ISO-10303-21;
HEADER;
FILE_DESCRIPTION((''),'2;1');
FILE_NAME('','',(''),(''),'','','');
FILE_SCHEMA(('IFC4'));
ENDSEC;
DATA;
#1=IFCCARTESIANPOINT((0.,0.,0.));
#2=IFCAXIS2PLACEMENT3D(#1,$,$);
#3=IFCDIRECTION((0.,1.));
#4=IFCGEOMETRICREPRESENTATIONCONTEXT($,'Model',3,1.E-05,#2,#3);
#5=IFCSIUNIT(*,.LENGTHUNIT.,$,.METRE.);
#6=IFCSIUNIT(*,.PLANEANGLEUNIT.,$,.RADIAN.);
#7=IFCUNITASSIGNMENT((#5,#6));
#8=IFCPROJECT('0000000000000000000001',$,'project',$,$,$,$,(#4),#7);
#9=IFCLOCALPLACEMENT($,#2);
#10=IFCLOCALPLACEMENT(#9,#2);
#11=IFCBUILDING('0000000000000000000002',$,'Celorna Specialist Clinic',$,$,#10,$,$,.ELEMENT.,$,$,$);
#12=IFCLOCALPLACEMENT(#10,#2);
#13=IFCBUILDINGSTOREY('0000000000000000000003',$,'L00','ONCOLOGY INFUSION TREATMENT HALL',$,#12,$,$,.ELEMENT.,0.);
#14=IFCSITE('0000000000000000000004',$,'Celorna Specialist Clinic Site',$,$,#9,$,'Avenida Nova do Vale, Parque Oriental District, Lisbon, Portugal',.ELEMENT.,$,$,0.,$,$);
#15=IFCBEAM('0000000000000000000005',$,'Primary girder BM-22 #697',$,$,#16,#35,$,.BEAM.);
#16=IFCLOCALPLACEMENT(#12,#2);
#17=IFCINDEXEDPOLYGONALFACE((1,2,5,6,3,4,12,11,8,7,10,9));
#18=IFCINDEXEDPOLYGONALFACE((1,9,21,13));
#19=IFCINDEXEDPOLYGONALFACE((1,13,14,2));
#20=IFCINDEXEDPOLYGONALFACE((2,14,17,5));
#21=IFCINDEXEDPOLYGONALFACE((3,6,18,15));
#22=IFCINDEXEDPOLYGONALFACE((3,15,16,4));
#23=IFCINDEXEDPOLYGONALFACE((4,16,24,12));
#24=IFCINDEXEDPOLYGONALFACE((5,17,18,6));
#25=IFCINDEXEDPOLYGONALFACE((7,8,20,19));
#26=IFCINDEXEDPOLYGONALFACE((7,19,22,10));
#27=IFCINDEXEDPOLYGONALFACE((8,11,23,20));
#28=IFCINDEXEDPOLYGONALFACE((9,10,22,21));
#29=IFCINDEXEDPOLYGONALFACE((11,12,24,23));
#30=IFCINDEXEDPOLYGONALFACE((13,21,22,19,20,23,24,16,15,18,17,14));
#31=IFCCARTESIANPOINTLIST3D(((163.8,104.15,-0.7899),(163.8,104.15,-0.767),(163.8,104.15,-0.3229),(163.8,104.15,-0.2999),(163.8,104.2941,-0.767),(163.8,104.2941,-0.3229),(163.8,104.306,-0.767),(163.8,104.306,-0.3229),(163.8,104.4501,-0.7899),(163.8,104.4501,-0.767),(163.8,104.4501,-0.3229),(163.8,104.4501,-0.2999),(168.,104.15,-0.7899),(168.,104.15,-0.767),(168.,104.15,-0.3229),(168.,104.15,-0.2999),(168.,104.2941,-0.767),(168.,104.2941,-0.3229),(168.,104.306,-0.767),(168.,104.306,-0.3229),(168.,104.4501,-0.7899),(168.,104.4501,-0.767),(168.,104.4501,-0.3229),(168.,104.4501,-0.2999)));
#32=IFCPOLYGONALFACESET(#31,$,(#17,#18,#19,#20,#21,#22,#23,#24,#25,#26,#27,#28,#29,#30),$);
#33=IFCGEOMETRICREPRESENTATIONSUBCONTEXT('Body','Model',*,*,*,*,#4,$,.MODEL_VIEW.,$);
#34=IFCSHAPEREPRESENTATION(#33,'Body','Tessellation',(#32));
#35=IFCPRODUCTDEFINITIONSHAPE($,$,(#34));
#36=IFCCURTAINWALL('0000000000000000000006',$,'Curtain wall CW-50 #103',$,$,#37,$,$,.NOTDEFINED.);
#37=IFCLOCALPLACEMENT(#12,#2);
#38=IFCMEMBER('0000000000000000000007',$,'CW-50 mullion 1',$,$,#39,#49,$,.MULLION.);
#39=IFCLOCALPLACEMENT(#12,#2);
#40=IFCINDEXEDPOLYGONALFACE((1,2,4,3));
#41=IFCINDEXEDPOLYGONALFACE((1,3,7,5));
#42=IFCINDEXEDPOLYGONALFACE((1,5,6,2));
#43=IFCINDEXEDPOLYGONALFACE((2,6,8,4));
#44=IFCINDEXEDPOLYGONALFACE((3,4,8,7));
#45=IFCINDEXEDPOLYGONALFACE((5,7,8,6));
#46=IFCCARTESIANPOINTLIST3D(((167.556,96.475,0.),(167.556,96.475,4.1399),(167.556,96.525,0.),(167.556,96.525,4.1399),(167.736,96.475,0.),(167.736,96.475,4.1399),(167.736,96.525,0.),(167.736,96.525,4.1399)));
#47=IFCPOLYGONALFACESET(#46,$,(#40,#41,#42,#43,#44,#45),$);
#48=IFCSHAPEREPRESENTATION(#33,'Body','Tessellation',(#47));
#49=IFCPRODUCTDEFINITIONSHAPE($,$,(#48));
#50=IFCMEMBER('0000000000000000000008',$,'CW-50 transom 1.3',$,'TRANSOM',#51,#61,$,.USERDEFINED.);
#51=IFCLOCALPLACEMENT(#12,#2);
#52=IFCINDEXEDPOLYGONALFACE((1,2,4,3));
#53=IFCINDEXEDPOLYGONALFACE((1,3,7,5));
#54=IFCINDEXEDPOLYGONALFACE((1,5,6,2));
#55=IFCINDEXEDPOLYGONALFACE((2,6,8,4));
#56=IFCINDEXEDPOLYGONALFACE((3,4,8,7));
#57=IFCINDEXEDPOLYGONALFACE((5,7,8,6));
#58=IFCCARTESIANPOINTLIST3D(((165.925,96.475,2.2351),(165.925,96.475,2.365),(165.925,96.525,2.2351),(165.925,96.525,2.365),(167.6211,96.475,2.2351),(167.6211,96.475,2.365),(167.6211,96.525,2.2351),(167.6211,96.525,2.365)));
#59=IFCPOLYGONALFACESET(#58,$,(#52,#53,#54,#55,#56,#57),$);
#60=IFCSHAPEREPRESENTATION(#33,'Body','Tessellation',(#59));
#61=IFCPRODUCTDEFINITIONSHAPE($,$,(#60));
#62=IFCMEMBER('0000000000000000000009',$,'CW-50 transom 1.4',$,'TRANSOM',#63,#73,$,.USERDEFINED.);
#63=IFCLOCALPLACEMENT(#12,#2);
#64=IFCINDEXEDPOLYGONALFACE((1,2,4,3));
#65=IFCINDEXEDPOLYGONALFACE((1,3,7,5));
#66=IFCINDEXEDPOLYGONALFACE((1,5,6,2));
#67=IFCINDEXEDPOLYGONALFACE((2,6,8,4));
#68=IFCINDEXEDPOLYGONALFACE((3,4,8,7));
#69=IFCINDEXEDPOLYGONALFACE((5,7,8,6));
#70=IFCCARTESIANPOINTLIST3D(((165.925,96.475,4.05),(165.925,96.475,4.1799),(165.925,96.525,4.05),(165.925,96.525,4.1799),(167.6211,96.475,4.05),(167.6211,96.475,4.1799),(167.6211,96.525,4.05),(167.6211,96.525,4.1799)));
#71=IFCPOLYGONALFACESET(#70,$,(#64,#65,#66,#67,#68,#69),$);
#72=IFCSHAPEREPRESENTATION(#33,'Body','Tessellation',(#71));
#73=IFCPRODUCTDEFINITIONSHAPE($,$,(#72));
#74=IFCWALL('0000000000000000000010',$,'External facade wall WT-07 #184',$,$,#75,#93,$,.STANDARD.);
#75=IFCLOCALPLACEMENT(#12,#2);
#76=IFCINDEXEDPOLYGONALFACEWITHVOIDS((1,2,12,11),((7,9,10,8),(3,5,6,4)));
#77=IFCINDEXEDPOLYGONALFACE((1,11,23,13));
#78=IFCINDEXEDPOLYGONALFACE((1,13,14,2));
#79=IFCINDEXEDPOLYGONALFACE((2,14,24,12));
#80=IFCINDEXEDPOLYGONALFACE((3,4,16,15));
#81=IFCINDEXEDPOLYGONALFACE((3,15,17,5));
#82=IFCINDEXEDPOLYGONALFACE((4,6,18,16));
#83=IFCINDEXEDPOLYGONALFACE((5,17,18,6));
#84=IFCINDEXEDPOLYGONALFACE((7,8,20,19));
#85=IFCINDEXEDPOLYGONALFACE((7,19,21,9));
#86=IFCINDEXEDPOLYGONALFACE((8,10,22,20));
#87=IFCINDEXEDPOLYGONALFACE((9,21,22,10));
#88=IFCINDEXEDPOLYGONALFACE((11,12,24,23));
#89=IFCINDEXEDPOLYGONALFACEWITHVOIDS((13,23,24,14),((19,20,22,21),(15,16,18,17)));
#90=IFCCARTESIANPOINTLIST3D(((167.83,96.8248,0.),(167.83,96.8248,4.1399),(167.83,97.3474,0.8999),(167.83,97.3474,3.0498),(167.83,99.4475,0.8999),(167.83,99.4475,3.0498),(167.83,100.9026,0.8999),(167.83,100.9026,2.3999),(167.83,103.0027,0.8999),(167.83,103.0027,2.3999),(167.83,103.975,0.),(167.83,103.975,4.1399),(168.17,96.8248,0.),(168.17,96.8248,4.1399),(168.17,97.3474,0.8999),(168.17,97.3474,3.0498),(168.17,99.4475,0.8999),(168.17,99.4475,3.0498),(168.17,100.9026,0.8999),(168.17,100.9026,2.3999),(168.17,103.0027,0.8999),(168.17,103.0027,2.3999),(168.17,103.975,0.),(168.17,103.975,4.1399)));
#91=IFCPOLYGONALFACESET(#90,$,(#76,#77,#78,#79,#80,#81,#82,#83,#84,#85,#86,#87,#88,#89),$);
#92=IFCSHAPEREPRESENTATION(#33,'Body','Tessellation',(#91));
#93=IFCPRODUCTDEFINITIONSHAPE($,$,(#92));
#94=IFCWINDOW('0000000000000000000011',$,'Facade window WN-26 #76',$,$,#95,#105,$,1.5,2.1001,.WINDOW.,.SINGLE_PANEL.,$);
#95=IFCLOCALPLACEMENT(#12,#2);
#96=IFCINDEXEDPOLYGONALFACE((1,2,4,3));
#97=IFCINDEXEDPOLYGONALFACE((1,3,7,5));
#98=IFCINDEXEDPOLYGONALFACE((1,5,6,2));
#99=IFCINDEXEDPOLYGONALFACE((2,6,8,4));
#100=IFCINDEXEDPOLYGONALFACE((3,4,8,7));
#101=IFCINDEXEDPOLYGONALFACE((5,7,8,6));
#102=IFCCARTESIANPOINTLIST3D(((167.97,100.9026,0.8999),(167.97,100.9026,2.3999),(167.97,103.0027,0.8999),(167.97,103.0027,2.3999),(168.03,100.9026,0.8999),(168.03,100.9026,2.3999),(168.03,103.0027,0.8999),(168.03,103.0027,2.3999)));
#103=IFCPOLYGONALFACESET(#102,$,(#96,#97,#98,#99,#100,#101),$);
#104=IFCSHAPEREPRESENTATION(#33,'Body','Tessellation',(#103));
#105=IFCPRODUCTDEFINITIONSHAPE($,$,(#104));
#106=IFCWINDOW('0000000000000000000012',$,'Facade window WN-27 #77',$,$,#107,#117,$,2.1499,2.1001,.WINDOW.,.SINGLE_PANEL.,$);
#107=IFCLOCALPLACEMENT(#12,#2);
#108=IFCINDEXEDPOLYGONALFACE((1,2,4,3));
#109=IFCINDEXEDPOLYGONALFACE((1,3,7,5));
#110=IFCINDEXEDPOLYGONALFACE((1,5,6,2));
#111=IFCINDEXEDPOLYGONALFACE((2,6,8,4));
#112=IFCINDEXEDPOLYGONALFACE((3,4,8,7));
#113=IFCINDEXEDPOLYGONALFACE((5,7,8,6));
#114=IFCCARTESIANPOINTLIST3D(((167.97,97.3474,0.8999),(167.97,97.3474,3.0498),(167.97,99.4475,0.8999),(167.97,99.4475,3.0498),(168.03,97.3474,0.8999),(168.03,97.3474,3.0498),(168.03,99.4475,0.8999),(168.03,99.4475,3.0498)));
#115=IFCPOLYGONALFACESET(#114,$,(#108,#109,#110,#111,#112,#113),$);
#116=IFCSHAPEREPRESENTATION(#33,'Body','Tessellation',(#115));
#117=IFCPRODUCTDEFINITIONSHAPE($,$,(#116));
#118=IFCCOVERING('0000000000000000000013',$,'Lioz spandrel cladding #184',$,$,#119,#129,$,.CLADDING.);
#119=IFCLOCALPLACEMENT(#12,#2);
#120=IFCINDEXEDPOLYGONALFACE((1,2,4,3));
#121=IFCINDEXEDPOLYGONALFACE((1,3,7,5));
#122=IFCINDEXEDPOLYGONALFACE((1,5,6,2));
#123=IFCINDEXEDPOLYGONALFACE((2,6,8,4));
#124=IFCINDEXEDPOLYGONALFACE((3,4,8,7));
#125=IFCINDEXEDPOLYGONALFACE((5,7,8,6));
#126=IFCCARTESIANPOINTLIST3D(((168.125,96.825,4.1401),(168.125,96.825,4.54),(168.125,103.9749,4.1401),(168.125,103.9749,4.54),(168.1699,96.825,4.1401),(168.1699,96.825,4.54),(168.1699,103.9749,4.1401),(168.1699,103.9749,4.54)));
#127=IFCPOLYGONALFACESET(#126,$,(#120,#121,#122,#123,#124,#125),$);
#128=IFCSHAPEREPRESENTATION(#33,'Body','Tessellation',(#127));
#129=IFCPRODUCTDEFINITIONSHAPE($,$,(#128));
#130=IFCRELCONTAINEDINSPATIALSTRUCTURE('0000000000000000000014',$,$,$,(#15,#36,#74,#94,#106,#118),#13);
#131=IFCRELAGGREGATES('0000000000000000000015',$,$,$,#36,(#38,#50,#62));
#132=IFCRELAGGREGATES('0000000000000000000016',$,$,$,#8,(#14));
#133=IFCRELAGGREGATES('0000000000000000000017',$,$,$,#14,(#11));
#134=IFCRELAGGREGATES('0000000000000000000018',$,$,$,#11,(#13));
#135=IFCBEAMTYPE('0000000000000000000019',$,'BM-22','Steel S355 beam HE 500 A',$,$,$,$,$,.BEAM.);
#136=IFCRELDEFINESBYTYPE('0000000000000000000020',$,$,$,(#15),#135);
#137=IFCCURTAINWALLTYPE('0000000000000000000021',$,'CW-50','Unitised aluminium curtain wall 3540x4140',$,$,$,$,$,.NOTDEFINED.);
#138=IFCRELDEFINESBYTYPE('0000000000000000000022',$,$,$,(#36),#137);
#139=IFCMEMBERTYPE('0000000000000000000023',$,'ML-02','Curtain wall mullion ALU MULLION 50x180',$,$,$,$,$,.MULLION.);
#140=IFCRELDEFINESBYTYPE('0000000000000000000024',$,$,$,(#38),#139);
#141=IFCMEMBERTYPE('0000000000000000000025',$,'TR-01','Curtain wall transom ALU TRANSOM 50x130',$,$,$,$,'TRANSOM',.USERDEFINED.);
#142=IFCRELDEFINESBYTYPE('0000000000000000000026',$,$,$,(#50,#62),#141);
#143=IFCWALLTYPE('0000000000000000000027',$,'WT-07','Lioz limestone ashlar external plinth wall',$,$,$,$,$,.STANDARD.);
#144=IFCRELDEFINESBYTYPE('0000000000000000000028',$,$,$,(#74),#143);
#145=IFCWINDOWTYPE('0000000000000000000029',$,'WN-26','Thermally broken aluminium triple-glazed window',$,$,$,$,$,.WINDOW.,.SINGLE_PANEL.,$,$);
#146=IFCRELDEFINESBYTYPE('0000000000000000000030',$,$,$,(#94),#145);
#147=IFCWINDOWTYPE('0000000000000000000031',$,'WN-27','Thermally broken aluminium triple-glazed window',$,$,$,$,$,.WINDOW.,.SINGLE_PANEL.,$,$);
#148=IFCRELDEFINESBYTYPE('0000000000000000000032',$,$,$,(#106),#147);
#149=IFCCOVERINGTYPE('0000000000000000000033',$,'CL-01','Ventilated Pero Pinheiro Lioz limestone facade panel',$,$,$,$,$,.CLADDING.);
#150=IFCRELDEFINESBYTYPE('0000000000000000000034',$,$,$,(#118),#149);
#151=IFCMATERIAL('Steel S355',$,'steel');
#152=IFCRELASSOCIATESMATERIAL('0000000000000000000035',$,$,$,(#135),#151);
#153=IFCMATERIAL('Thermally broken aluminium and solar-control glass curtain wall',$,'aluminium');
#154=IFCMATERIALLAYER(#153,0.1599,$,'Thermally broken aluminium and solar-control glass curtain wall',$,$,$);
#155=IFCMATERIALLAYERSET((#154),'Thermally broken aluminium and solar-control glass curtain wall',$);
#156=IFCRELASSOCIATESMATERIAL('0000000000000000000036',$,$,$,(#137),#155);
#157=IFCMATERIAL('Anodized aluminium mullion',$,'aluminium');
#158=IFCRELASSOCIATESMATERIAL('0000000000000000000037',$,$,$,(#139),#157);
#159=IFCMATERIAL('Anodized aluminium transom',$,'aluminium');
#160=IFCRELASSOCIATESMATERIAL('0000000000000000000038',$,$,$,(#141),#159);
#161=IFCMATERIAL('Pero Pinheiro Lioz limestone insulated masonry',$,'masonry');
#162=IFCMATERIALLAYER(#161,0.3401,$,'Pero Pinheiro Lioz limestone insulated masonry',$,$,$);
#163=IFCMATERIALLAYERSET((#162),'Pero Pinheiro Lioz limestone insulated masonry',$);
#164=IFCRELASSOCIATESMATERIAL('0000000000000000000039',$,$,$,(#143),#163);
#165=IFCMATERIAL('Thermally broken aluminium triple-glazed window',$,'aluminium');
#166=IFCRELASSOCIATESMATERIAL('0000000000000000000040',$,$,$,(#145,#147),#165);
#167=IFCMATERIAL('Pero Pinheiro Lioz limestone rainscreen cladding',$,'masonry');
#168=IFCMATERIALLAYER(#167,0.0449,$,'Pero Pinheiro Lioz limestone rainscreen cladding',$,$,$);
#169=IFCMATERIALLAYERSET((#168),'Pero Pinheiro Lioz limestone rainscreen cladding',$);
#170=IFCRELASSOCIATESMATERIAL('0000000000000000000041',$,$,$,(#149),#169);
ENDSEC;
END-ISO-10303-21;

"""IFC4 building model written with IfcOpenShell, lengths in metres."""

from ifc_helpers import new_model, si_unit, direction, frame, frame_2d, origin, origin_2d, place, context, subcontext, project, spatial, rectangle, i_section, extrude, material, layer, layer_set, material_profile, profile_set, type_object, element, fill, aggregate, save


model = new_model("IFC4")

# Units and contexts
model_context = context("Model", 3, precision=1e-05, world=origin(), true_north=direction((0.0, 1.0)))
body_context = subcontext(model_context, "Body", "Model", "MODEL_VIEW")
ifc_project = project(units=[si_unit("LENGTHUNIT", "METRE"), si_unit("PLANEANGLEUNIT", "RADIAN")], contexts=[model_context])

# Site, building, storey
site_placement = place(None, origin())
site = spatial("IfcSite", under=ifc_project, at=site_placement, Name="Celorna Specialist Clinic Site", LongName="Avenida Nova do Vale, Parque Oriental District, Lisbon, Portugal", CompositionType="ELEMENT", RefElevation=0.0)
building_placement = place(site_placement, origin())
building = spatial("IfcBuilding", under=site, at=building_placement, Name="Celorna Specialist Clinic", CompositionType="ELEMENT")
storey_placement = place(building_placement, origin())
storey = spatial("IfcBuildingStorey", under=building, at=storey_placement, Name="L00", Description="ONCOLOGY INFUSION TREATMENT HALL", CompositionType="ELEMENT", Elevation=0.0)

# Beam
ifc_material_1 = material(Name="Steel S355", Category="steel")
ifc_material_profile_1 = material_profile(ifc_material_1, i_section(OverallWidth=0.3, OverallDepth=0.49, WebThickness=0.012, FlangeThickness=0.0229, at=origin_2d()), Name="HE 500 A")
ifc_profile_set_1 = profile_set([ifc_material_profile_1], Name="Steel S355")
beam_type_1 = type_object("IfcBeamType", Name="BM-22", Description="Steel S355 beam HE 500 A", PredefinedType="BEAM", material=ifc_profile_set_1)
beam_1_placement = place(storey_placement, frame((163.8, 104.3, -0.5449), z_axis=(1.0, 0.0, 0.0), x_axis=(0.0, 1.0, 0.0)))
element("IfcBeam", 1, at=beam_1_placement, inside=storey, type_object=beam_type_1, Name="Primary girder BM-22 #697", PredefinedType="BEAM", context=body_context, shape_type="SweptSolid", body=[
    extrude(i_section(OverallWidth=0.3, OverallDepth=0.49, WebThickness=0.012, FlangeThickness=0.0229, at=origin_2d()), origin(), (0.0, 0.0, 1.0), 4.2),
])

# Curtain wall, members
ifc_material_2 = material(Name="Thermally broken aluminium and solar-control glass curtain wall", Category="aluminium")
ifc_layer_1 = layer(ifc_material_2, 0.1599, Name="Thermally broken aluminium and solar-control glass curtain wall")
ifc_layer_set_1 = layer_set([ifc_layer_1], Name="Thermally broken aluminium and solar-control glass curtain wall")
curtain_wall_type = type_object("IfcCurtainWallType", Name="CW-50", Description="Unitised aluminium curtain wall 3540x4140", PredefinedType="NOTDEFINED", material=ifc_layer_set_1)
curtain_wall_placement = place(storey_placement, origin())
curtain_wall = element("IfcCurtainWall", 2, at=curtain_wall_placement, inside=storey, type_object=curtain_wall_type, Name="Curtain wall CW-50 #103", PredefinedType="NOTDEFINED")
ifc_material_3 = material(Name="Anodized aluminium mullion", Category="aluminium")
ifc_material_profile_2 = material_profile(ifc_material_3, rectangle(XDim=0.05, YDim=0.1799, at=origin_2d()), Name="ALU MULLION 50x180")
ifc_profile_set_2 = profile_set([ifc_material_profile_2], Name="Anodized aluminium mullion")
member_type_1 = type_object("IfcMemberType", Name="ML-02", Description="Curtain wall mullion ALU MULLION 50x180", PredefinedType="MULLION", material=ifc_profile_set_2)
member_1_placement = place(storey_placement, frame((167.646, 96.5, 0.0), z_axis=(0.0, 0.0, 1.0), x_axis=(0.0, -1.0, 0.0)))
member_1 = element("IfcMember", 3, at=member_1_placement, type_object=member_type_1, Name="CW-50 mullion 1", PredefinedType="MULLION", context=body_context, shape_type="SweptSolid", body=[
    extrude(rectangle(XDim=0.05, YDim=0.1799, at=origin_2d()), origin(), (0.0, 0.0, 1.0), 4.1399),
])
ifc_material_4 = material(Name="Anodized aluminium transom", Category="aluminium")
ifc_material_profile_3 = material_profile(ifc_material_4, rectangle(XDim=0.05, YDim=0.1299, at=origin_2d()), Name="ALU TRANSOM 50x130")
ifc_profile_set_3 = profile_set([ifc_material_profile_3], Name="Anodized aluminium transom")
member_type_2 = type_object("IfcMemberType", Name="TR-01", Description="Curtain wall transom ALU TRANSOM 50x130", ElementType="TRANSOM", PredefinedType="USERDEFINED", material=ifc_profile_set_3)
member_2_placement = place(storey_placement, frame((167.6211, 96.5, 2.3), z_axis=(-1.0, 0.0, 0.0), x_axis=(0.0, -1.0, 0.0)))
member_2 = element("IfcMember", 4, at=member_2_placement, type_object=member_type_2, Name="CW-50 transom 1.3", ObjectType="TRANSOM", PredefinedType="USERDEFINED", context=body_context, shape_type="SweptSolid", body=[
    extrude(rectangle(XDim=0.05, YDim=0.1299, at=origin_2d()), origin(), (0.0, 0.0, 1.0), 1.696),
])
member_3_placement = place(storey_placement, frame((167.6211, 96.5, 4.115), z_axis=(-1.0, 0.0, 0.0), x_axis=(0.0, -1.0, 0.0)))
member_3 = element("IfcMember", 5, at=member_3_placement, type_object=member_type_2, Name="CW-50 transom 1.4", ObjectType="TRANSOM", PredefinedType="USERDEFINED", context=body_context, shape_type="SweptSolid", body=[
    extrude(rectangle(XDim=0.05, YDim=0.1299, at=origin_2d()), origin(), (0.0, 0.0, 1.0), 1.696),
])
aggregate(curtain_wall, [member_1, member_2, member_3])

# Wall, openings, windows
ifc_material_5 = material(Name="Pero Pinheiro Lioz limestone insulated masonry", Category="masonry")
ifc_layer_2 = layer(ifc_material_5, 0.3401, Name="Pero Pinheiro Lioz limestone insulated masonry")
ifc_layer_set_2 = layer_set([ifc_layer_2], Name="Pero Pinheiro Lioz limestone insulated masonry")
wall_type = type_object("IfcWallType", Name="WT-07", Description="Lioz limestone ashlar external plinth wall", PredefinedType="STANDARD", material=ifc_layer_set_2)
wall_placement = place(storey_placement, frame((168.0, 103.9751, 0.0), z_axis=(0.0, 0.0, 1.0), x_axis=(0.0, -1.0, 0.0)))
wall = element("IfcWall", 6, at=wall_placement, inside=storey, type_object=wall_type, Name="External facade wall WT-07 #184", PredefinedType="STANDARD", context=body_context, shape_type="SweptSolid", body=[
    extrude(rectangle(XDim=7.1501, YDim=0.3401, at=frame_2d((3.5752, 0.0))), origin(), (0.0, 0.0, 1.0), 4.1399),
])
opening_1_placement = place(wall_placement, frame((0.9724, 0.0, 0.8999)))
opening_1 = element("IfcOpeningElement", 7, at=opening_1_placement, cuts=wall, PredefinedType="OPENING", context=body_context, shape_type="SweptSolid", body=[
    extrude(rectangle(XDim=2.1001, YDim=1.5, at=frame_2d((1.05, 0.75))), frame((0.0, 0.1799, 0.0), z_axis=(0.0, -1.0, 0.0), x_axis=(1.0, 0.0, 0.0)), (0.0, 0.0, 1.0), 0.3601),
])
opening_2_placement = place(wall_placement, frame((4.5276, 0.0, 0.8999)))
opening_2 = element("IfcOpeningElement", 8, at=opening_2_placement, cuts=wall, PredefinedType="OPENING", context=body_context, shape_type="SweptSolid", body=[
    extrude(rectangle(XDim=2.1001, YDim=2.1499, at=frame_2d((1.05, 1.075))), frame((0.0, 0.1799, 0.0), z_axis=(0.0, -1.0, 0.0), x_axis=(1.0, 0.0, 0.0)), (0.0, 0.0, 1.0), 0.3601),
])
ifc_material_6 = material(Name="Thermally broken aluminium triple-glazed window", Category="aluminium")
window_type_1 = type_object("IfcWindowType", Name="WN-26", Description="Thermally broken aluminium triple-glazed window", PartitioningType="SINGLE_PANEL", PredefinedType="WINDOW", material=ifc_material_6)
window_1_placement = place(opening_1_placement, origin())
window_1 = element("IfcWindow", 9, at=window_1_placement, inside=storey, type_object=window_type_1, Name="Facade window WN-26 #76", OverallHeight=1.5, OverallWidth=2.1001, PartitioningType="SINGLE_PANEL", PredefinedType="WINDOW", context=body_context, shape_type="SweptSolid", body=[
    extrude(rectangle(XDim=2.1001, YDim=1.5, at=frame_2d((1.05, 0.75))), frame((0.0, 0.03, 0.0), z_axis=(0.0, -1.0, 0.0), x_axis=(1.0, 0.0, 0.0)), (0.0, 0.0, 1.0), 0.0601),
])
fill(opening_1, window_1)
window_type_2 = type_object("IfcWindowType", Name="WN-27", Description="Thermally broken aluminium triple-glazed window", PartitioningType="SINGLE_PANEL", PredefinedType="WINDOW", material=ifc_material_6)
window_2_placement = place(opening_2_placement, origin())
window_2 = element("IfcWindow", 10, at=window_2_placement, inside=storey, type_object=window_type_2, Name="Facade window WN-27 #77", OverallHeight=2.1499, OverallWidth=2.1001, PartitioningType="SINGLE_PANEL", PredefinedType="WINDOW", context=body_context, shape_type="SweptSolid", body=[
    extrude(rectangle(XDim=2.1001, YDim=2.1499, at=frame_2d((1.05, 1.075))), frame((0.0, 0.03, 0.0), z_axis=(0.0, -1.0, 0.0), x_axis=(1.0, 0.0, 0.0)), (0.0, 0.0, 1.0), 0.0601),
])
fill(opening_2, window_2)

# Covering
ifc_material_7 = material(Name="Pero Pinheiro Lioz limestone rainscreen cladding", Category="masonry")
ifc_layer_3 = layer(ifc_material_7, 0.0449, Name="Pero Pinheiro Lioz limestone rainscreen cladding")
ifc_layer_set_3 = layer_set([ifc_layer_3], Name="Pero Pinheiro Lioz limestone rainscreen cladding")
covering_type = type_object("IfcCoveringType", Name="CL-01", Description="Ventilated Pero Pinheiro Lioz limestone facade panel", PredefinedType="CLADDING", material=ifc_layer_set_3)
covering_placement = place(storey_placement, frame((168.1475, 100.3999, 4.1401), z_axis=(0.0, 0.0, 1.0), x_axis=(0.0, -1.0, 0.0)))
element("IfcCovering", 11, at=covering_placement, inside=storey, type_object=covering_type, Name="Lioz spandrel cladding #184", PredefinedType="CLADDING", context=body_context, shape_type="SweptSolid", body=[
    extrude(rectangle(XDim=7.1499, YDim=0.0449, at=origin_2d()), origin(), (0.0, 0.0, 1.0), 0.3999),
])

save(model, "model.ifc")
